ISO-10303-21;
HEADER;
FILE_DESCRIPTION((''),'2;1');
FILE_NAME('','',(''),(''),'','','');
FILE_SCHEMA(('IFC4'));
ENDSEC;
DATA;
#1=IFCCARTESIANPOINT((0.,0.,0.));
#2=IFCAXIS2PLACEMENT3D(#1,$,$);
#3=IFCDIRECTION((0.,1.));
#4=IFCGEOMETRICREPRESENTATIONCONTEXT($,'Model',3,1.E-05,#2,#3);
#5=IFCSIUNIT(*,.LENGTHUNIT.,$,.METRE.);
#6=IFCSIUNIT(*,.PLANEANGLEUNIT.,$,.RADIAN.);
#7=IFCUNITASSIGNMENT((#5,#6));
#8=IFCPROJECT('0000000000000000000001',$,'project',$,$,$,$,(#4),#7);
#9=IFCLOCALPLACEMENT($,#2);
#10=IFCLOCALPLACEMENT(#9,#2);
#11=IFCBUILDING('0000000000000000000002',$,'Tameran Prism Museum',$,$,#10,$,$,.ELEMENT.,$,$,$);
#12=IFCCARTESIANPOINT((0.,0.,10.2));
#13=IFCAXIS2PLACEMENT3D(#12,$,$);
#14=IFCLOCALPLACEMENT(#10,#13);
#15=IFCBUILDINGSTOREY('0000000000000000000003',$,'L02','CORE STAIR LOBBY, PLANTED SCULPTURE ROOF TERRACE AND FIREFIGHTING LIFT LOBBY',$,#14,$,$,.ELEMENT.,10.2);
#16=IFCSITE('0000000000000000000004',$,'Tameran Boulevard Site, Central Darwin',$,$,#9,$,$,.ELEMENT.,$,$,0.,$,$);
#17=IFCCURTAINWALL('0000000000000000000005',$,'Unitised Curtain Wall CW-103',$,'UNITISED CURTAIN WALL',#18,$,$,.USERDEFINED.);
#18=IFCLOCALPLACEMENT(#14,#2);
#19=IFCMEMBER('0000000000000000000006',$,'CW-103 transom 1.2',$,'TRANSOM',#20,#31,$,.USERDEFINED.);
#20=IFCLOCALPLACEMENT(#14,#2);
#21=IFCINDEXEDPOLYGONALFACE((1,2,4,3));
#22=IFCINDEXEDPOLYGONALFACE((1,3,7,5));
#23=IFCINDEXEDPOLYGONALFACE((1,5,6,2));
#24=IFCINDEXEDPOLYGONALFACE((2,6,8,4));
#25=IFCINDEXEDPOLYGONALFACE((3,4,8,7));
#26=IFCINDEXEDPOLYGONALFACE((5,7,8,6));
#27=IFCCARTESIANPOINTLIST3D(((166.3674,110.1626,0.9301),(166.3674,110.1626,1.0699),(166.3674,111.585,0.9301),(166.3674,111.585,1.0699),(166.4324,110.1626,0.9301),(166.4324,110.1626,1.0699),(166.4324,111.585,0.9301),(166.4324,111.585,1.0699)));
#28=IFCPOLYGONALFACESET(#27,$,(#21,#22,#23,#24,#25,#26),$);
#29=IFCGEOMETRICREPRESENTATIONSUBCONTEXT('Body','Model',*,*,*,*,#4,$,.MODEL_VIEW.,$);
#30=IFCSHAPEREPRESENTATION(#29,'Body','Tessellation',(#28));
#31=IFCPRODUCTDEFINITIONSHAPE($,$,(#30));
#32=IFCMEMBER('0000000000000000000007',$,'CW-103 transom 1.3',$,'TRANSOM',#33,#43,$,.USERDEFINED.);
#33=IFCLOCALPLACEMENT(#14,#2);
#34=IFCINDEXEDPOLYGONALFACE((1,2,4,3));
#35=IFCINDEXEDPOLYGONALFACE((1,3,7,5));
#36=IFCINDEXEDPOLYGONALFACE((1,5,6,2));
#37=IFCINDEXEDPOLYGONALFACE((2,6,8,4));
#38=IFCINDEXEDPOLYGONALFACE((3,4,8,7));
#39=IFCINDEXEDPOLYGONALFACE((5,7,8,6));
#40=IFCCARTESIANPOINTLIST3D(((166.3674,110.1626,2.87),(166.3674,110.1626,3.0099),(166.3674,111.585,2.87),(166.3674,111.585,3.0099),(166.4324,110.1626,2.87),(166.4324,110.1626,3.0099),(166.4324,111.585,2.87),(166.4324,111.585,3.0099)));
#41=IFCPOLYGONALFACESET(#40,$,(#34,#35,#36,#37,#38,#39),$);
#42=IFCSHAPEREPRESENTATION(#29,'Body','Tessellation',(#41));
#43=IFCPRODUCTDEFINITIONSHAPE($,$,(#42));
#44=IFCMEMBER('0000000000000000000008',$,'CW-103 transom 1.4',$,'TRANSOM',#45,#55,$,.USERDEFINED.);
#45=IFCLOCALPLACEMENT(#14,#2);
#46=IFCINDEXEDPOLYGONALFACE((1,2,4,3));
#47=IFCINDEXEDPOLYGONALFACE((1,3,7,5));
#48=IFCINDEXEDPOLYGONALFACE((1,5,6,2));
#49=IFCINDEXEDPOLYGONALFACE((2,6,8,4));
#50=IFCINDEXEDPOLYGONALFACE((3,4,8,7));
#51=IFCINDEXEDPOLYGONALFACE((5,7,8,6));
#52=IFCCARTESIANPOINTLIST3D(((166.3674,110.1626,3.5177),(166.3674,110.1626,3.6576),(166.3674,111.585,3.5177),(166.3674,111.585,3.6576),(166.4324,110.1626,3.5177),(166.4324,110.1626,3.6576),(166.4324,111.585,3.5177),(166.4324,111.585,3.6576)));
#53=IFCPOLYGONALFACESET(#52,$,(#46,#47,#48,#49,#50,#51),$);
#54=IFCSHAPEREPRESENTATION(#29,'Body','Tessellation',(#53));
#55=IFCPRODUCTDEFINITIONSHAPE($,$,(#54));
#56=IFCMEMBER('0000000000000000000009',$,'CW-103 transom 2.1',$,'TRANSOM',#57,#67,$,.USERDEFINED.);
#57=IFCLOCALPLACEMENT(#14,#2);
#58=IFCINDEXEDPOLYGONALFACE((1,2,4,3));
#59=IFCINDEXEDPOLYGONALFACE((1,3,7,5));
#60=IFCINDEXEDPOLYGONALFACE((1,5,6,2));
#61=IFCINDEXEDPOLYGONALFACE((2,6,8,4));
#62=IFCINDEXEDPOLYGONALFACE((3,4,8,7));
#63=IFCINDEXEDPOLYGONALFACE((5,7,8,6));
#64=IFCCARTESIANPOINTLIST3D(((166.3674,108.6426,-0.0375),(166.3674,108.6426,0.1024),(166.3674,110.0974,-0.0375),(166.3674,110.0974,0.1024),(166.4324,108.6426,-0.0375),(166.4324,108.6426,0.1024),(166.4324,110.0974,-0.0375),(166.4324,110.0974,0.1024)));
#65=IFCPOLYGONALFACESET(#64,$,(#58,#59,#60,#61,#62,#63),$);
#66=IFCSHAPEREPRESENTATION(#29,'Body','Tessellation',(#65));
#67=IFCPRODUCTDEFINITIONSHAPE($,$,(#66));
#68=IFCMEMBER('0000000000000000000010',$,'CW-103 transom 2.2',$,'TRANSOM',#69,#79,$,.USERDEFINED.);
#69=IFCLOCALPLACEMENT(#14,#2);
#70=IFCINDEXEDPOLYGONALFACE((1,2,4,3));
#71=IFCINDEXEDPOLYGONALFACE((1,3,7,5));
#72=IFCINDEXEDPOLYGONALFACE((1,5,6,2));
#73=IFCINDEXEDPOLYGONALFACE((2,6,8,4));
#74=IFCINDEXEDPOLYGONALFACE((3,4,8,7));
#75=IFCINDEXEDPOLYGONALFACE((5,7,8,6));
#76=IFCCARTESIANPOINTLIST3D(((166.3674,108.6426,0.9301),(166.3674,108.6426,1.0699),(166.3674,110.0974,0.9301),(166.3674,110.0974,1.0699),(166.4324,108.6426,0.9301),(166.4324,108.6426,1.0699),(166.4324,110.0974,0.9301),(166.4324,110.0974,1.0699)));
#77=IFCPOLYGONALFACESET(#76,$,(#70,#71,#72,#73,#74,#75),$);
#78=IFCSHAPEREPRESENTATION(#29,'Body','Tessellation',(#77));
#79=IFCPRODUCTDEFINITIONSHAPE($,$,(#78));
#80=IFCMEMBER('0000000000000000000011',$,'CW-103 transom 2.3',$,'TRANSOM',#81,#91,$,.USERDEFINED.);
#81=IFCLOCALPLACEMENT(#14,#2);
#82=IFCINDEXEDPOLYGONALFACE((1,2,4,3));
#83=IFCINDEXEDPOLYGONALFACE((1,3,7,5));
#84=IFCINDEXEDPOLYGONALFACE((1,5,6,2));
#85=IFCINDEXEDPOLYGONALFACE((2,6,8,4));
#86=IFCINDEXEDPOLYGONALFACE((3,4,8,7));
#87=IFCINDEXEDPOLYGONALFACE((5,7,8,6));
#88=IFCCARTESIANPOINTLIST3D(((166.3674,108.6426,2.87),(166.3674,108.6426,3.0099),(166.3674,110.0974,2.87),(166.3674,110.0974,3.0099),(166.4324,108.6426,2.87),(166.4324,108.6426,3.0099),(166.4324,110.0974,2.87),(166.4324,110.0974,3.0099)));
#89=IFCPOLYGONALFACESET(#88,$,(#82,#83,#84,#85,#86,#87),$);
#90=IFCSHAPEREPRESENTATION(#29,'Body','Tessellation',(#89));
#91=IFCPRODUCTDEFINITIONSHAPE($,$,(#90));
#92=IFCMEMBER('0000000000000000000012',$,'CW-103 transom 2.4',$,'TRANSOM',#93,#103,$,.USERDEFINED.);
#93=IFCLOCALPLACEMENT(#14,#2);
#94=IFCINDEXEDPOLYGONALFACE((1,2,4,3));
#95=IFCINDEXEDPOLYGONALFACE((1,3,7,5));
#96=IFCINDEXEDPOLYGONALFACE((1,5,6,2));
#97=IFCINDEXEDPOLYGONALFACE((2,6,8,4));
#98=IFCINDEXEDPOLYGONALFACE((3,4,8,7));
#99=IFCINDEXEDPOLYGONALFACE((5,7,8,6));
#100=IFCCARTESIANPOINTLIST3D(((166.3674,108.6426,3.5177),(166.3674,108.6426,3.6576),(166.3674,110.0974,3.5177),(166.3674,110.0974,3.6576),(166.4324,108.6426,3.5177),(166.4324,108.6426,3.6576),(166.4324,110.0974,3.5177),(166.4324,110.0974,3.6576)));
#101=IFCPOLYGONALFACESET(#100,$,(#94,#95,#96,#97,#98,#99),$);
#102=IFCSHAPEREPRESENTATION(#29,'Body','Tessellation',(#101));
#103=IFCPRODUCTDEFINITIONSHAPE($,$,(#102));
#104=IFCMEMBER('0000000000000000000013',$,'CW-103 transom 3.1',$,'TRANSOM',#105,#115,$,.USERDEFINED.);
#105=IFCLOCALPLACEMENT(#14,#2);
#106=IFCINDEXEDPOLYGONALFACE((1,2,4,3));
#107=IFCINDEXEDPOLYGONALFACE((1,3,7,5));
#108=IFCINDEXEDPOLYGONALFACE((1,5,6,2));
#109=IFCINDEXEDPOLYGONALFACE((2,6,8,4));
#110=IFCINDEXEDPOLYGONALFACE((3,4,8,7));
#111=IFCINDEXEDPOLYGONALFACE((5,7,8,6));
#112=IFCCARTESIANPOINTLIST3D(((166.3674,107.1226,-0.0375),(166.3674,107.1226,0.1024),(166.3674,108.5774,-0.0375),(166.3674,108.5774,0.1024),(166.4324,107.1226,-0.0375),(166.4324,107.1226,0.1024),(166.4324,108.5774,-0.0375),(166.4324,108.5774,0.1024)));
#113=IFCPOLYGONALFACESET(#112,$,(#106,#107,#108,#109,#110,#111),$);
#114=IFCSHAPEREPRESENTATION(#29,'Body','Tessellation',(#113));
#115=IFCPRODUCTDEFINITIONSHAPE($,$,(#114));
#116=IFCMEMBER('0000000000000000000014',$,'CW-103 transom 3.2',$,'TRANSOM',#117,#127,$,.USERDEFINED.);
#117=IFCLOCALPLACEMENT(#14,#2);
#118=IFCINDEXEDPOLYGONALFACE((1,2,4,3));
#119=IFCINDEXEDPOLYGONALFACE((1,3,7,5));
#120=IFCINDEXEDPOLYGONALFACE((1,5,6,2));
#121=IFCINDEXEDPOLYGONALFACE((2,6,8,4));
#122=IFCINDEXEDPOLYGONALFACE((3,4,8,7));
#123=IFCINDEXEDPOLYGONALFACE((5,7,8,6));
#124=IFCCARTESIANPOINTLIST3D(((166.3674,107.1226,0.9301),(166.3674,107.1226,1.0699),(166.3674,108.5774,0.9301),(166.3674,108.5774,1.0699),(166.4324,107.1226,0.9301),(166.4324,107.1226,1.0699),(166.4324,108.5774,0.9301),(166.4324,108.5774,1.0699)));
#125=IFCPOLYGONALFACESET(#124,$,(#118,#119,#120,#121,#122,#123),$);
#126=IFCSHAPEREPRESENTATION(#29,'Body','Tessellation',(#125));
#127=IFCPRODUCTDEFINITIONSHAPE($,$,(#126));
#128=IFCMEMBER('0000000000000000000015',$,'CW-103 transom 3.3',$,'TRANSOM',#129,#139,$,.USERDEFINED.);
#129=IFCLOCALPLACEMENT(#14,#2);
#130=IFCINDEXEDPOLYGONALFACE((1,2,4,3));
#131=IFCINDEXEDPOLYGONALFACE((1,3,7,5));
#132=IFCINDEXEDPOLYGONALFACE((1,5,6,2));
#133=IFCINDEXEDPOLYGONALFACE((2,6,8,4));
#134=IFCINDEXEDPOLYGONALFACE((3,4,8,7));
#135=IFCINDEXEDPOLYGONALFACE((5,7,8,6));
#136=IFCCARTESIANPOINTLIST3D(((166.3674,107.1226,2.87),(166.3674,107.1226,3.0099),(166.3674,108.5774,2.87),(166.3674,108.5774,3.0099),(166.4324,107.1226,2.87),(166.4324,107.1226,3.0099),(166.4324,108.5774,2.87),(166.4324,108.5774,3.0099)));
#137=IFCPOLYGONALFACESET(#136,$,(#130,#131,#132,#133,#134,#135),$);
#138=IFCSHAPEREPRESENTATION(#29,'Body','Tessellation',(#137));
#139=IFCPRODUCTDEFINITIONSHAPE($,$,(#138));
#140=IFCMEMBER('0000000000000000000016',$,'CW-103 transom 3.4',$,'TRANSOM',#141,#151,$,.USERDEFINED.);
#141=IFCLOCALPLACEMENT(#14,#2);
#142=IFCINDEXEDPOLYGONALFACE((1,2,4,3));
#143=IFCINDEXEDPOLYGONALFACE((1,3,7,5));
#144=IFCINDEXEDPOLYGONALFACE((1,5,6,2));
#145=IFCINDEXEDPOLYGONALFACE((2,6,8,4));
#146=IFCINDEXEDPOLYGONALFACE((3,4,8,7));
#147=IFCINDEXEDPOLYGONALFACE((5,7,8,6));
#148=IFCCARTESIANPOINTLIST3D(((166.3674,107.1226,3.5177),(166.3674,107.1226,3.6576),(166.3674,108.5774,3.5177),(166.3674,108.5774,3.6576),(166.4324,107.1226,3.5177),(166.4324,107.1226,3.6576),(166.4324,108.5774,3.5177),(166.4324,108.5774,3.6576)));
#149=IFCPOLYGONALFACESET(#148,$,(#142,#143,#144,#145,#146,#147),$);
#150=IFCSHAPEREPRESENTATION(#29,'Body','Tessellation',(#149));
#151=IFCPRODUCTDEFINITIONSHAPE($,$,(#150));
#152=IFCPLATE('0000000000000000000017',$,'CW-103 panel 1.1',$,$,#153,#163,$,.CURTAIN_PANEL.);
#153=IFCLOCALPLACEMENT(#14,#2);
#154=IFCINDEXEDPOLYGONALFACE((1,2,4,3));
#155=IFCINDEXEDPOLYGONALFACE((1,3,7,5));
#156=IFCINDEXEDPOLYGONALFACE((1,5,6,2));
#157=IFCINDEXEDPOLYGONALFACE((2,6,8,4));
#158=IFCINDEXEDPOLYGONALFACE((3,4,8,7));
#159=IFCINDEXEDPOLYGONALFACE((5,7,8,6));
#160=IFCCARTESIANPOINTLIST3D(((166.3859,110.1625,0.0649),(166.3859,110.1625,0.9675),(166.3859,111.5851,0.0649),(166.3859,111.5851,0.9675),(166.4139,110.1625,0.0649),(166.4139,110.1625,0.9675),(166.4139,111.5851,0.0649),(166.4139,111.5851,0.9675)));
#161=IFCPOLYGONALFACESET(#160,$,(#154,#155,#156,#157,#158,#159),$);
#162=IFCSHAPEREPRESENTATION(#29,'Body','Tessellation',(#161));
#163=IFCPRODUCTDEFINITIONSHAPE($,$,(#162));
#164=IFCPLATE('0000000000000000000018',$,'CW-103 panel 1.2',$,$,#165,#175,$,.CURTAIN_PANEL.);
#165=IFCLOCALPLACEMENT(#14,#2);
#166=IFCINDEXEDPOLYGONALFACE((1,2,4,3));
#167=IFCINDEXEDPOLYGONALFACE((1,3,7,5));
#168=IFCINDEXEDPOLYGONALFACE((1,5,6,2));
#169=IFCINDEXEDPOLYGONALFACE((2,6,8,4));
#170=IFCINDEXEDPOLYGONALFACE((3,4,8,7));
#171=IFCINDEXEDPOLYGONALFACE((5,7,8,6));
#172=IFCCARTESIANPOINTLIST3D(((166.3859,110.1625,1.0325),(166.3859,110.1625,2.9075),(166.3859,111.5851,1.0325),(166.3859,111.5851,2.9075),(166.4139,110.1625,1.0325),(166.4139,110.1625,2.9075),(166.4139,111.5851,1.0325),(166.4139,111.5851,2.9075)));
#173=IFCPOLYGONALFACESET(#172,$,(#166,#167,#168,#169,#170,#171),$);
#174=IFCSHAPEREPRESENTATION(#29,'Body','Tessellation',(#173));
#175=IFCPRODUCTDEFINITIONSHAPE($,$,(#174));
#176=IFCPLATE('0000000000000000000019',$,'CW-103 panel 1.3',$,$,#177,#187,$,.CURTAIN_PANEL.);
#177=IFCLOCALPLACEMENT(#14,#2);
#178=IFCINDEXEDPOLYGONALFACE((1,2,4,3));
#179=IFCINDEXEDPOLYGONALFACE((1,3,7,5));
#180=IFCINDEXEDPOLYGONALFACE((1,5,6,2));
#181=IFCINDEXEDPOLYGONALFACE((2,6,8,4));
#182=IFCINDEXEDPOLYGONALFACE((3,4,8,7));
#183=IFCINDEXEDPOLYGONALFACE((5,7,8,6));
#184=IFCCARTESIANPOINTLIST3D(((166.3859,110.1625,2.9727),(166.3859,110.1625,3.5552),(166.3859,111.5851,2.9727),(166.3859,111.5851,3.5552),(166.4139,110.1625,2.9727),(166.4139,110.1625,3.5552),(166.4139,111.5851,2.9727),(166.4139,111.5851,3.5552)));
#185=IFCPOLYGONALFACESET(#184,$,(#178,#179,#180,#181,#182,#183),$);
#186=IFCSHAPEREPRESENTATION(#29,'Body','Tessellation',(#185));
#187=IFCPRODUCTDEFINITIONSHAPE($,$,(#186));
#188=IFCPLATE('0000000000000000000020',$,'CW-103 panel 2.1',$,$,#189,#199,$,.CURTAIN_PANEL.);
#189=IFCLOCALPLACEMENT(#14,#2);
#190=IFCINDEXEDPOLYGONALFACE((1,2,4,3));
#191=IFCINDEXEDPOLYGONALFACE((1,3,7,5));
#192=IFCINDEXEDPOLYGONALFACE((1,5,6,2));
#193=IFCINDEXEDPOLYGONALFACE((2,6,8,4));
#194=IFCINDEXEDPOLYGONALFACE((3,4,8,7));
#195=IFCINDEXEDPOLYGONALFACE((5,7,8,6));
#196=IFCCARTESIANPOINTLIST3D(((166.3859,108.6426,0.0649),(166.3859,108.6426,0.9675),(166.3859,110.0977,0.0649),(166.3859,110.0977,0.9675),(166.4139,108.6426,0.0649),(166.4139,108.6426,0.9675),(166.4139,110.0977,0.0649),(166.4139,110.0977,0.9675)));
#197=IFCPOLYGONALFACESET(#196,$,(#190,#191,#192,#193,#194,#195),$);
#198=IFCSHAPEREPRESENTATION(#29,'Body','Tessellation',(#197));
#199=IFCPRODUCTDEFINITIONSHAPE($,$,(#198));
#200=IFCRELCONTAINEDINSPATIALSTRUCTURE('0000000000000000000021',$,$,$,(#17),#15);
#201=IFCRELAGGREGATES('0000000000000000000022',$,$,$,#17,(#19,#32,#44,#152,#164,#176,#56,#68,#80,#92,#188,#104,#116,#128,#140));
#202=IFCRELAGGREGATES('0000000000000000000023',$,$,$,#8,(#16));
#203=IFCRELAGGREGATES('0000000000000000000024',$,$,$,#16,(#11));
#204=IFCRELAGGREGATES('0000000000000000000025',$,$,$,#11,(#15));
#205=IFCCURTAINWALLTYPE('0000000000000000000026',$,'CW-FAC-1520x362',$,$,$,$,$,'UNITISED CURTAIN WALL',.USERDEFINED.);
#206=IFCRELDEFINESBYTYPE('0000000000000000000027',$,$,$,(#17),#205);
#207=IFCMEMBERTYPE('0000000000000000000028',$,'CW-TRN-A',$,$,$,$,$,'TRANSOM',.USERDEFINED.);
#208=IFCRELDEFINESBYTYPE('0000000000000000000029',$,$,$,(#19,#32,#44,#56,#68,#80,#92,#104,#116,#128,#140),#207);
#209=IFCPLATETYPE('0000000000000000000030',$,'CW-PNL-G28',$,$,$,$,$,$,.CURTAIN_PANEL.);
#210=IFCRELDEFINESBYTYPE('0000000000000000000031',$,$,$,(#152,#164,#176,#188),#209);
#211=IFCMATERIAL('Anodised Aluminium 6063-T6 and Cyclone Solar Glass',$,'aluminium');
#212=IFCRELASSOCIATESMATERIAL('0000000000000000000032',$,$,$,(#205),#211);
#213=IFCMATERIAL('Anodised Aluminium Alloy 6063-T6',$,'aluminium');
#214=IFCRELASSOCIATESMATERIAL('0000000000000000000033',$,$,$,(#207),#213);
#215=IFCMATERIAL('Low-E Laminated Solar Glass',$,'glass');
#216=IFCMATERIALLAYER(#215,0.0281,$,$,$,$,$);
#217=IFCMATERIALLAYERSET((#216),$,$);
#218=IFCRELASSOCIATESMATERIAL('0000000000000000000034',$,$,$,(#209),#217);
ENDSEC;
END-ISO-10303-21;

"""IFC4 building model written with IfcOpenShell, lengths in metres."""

from ifc_helpers import new_model, si_unit, direction, frame, origin, origin_2d, place, context, subcontext, project, spatial, rectangle, extrude, material, layer, layer_set, material_profile, profile_set, type_object, element, aggregate, save


model = new_model("IFC4")

# Units and contexts
model_context = context("Model", 3, precision=1e-05, world=origin(), true_north=direction((0.0, 1.0)))
body_context = subcontext(model_context, "Body", "Model", "MODEL_VIEW")
ifc_project = project(units=[si_unit("LENGTHUNIT", "METRE"), si_unit("PLANEANGLEUNIT", "RADIAN")], contexts=[model_context])

# Site, building, storey
site_placement = place(None, origin())
site = spatial("IfcSite", under=ifc_project, at=site_placement, Name="Tameran Boulevard Site, Central Darwin", CompositionType="ELEMENT", RefElevation=0.0)
building_placement = place(site_placement, origin())
building = spatial("IfcBuilding", under=site, at=building_placement, Name="Tameran Prism Museum", CompositionType="ELEMENT")
storey_placement = place(building_placement, frame((0.0, 0.0, 10.2)))
storey = spatial("IfcBuildingStorey", under=building, at=storey_placement, Name="L02", Description="CORE STAIR LOBBY, PLANTED SCULPTURE ROOF TERRACE AND FIREFIGHTING LIFT LOBBY", CompositionType="ELEMENT", Elevation=10.2)

# Curtain wall, members, plates
ifc_material_1 = material(Name="Anodised Aluminium 6063-T6 and Cyclone Solar Glass", Category="aluminium")
curtain_wall_type = type_object("IfcCurtainWallType", Name="CW-FAC-1520x362", ElementType="UNITISED CURTAIN WALL", PredefinedType="USERDEFINED", material=ifc_material_1)
curtain_wall_placement = place(storey_placement, origin())
curtain_wall = element("IfcCurtainWall", 1, at=curtain_wall_placement, inside=storey, type_object=curtain_wall_type, Name="Unitised Curtain Wall CW-103", ObjectType="UNITISED CURTAIN WALL", PredefinedType="USERDEFINED")
ifc_material_2 = material(Name="Anodised Aluminium Alloy 6063-T6", Category="aluminium")
ifc_material_profile_1 = material_profile(ifc_material_2, rectangle(XDim=0.0649, YDim=0.1399, at=origin_2d()))
ifc_profile_set_1 = profile_set([ifc_material_profile_1])
member_type_1 = type_object("IfcMemberType", Name="CW-TRN-A", ElementType="TRANSOM", PredefinedType="USERDEFINED", material=ifc_profile_set_1)
member_1_placement = place(storey_placement, frame((166.3999, 111.585, 1.0), z_axis=(0.0, -1.0, 0.0), x_axis=(1.0, 0.0, 0.0)))
member_1 = element("IfcMember", 2, at=member_1_placement, type_object=member_type_1, Name="CW-103 transom 1.2", ObjectType="TRANSOM", PredefinedType="USERDEFINED", context=body_context, shape_type="SweptSolid", body=[
    extrude(rectangle(XDim=0.0649, YDim=0.1399, at=origin_2d()), origin(), (0.0, 0.0, 1.0), 1.4224),
])
member_2_placement = place(storey_placement, frame((166.3999, 111.585, 2.9399), z_axis=(0.0, -1.0, 0.0), x_axis=(1.0, 0.0, 0.0)))
member_2 = element("IfcMember", 3, at=member_2_placement, type_object=member_type_1, Name="CW-103 transom 1.3", ObjectType="TRANSOM", PredefinedType="USERDEFINED", context=body_context, shape_type="SweptSolid", body=[
    extrude(rectangle(XDim=0.0649, YDim=0.1399, at=origin_2d()), origin(), (0.0, 0.0, 1.0), 1.4224),
])
member_3_placement = place(storey_placement, frame((166.3999, 111.585, 3.5876), z_axis=(0.0, -1.0, 0.0), x_axis=(1.0, 0.0, 0.0)))
member_3 = element("IfcMember", 4, at=member_3_placement, type_object=member_type_1, Name="CW-103 transom 1.4", ObjectType="TRANSOM", PredefinedType="USERDEFINED", context=body_context, shape_type="SweptSolid", body=[
    extrude(rectangle(XDim=0.0649, YDim=0.1399, at=origin_2d()), origin(), (0.0, 0.0, 1.0), 1.4224),
])
member_4_placement = place(storey_placement, frame((166.3999, 110.0974, 0.0325), z_axis=(0.0, -1.0, 0.0), x_axis=(1.0, 0.0, 0.0)))
member_4 = element("IfcMember", 5, at=member_4_placement, type_object=member_type_1, Name="CW-103 transom 2.1", ObjectType="TRANSOM", PredefinedType="USERDEFINED", context=body_context, shape_type="SweptSolid", body=[
    extrude(rectangle(XDim=0.0649, YDim=0.1399, at=origin_2d()), origin(), (0.0, 0.0, 1.0), 1.4548),
])
member_5_placement = place(storey_placement, frame((166.3999, 110.0974, 1.0), z_axis=(0.0, -1.0, 0.0), x_axis=(1.0, 0.0, 0.0)))
member_5 = element("IfcMember", 6, at=member_5_placement, type_object=member_type_1, Name="CW-103 transom 2.2", ObjectType="TRANSOM", PredefinedType="USERDEFINED", context=body_context, shape_type="SweptSolid", body=[
    extrude(rectangle(XDim=0.0649, YDim=0.1399, at=origin_2d()), origin(), (0.0, 0.0, 1.0), 1.4548),
])
member_6_placement = place(storey_placement, frame((166.3999, 110.0974, 2.9399), z_axis=(0.0, -1.0, 0.0), x_axis=(1.0, 0.0, 0.0)))
member_6 = element("IfcMember", 7, at=member_6_placement, type_object=member_type_1, Name="CW-103 transom 2.3", ObjectType="TRANSOM", PredefinedType="USERDEFINED", context=body_context, shape_type="SweptSolid", body=[
    extrude(rectangle(XDim=0.0649, YDim=0.1399, at=origin_2d()), origin(), (0.0, 0.0, 1.0), 1.4548),
])
member_7_placement = place(storey_placement, frame((166.3999, 110.0974, 3.5876), z_axis=(0.0, -1.0, 0.0), x_axis=(1.0, 0.0, 0.0)))
member_7 = element("IfcMember", 8, at=member_7_placement, type_object=member_type_1, Name="CW-103 transom 2.4", ObjectType="TRANSOM", PredefinedType="USERDEFINED", context=body_context, shape_type="SweptSolid", body=[
    extrude(rectangle(XDim=0.0649, YDim=0.1399, at=origin_2d()), origin(), (0.0, 0.0, 1.0), 1.4548),
])
member_8_placement = place(storey_placement, frame((166.3999, 108.5774, 0.0325), z_axis=(0.0, -1.0, 0.0), x_axis=(1.0, 0.0, 0.0)))
member_8 = element("IfcMember", 9, at=member_8_placement, type_object=member_type_1, Name="CW-103 transom 3.1", ObjectType="TRANSOM", PredefinedType="USERDEFINED", context=body_context, shape_type="SweptSolid", body=[
    extrude(rectangle(XDim=0.0649, YDim=0.1399, at=origin_2d()), origin(), (0.0, 0.0, 1.0), 1.4548),
])
member_9_placement = place(storey_placement, frame((166.3999, 108.5774, 1.0), z_axis=(0.0, -1.0, 0.0), x_axis=(1.0, 0.0, 0.0)))
member_9 = element("IfcMember", 10, at=member_9_placement, type_object=member_type_1, Name="CW-103 transom 3.2", ObjectType="TRANSOM", PredefinedType="USERDEFINED", context=body_context, shape_type="SweptSolid", body=[
    extrude(rectangle(XDim=0.0649, YDim=0.1399, at=origin_2d()), origin(), (0.0, 0.0, 1.0), 1.4548),
])
member_10_placement = place(storey_placement, frame((166.3999, 108.5774, 2.9399), z_axis=(0.0, -1.0, 0.0), x_axis=(1.0, 0.0, 0.0)))
member_10 = element("IfcMember", 11, at=member_10_placement, type_object=member_type_1, Name="CW-103 transom 3.3", ObjectType="TRANSOM", PredefinedType="USERDEFINED", context=body_context, shape_type="SweptSolid", body=[
    extrude(rectangle(XDim=0.0649, YDim=0.1399, at=origin_2d()), origin(), (0.0, 0.0, 1.0), 1.4548),
])
member_11_placement = place(storey_placement, frame((166.3999, 108.5774, 3.5876), z_axis=(0.0, -1.0, 0.0), x_axis=(1.0, 0.0, 0.0)))
member_11 = element("IfcMember", 12, at=member_11_placement, type_object=member_type_1, Name="CW-103 transom 3.4", ObjectType="TRANSOM", PredefinedType="USERDEFINED", context=body_context, shape_type="SweptSolid", body=[
    extrude(rectangle(XDim=0.0649, YDim=0.1399, at=origin_2d()), origin(), (0.0, 0.0, 1.0), 1.4548),
])
ifc_material_3 = material(Name="Low-E Laminated Solar Glass", Category="glass")
ifc_layer_1 = layer(ifc_material_3, 0.0281)
ifc_layer_set_1 = layer_set([ifc_layer_1])
plate_type_1 = type_object("IfcPlateType", Name="CW-PNL-G28", PredefinedType="CURTAIN_PANEL", material=ifc_layer_set_1)
plate_1_placement = place(storey_placement, frame((166.3999, 110.8738, 0.0649), z_axis=(0.0, 0.0, 1.0), x_axis=(0.0, -1.0, 0.0)))
plate_1 = element("IfcPlate", 13, at=plate_1_placement, type_object=plate_type_1, Name="CW-103 panel 1.1", PredefinedType="CURTAIN_PANEL", context=body_context, shape_type="SweptSolid", body=[
    extrude(rectangle(XDim=1.4226, YDim=0.0281, at=origin_2d()), origin(), (0.0, 0.0, 1.0), 0.9026),
])
plate_2_placement = place(storey_placement, frame((166.3999, 110.8738, 1.0325), z_axis=(0.0, 0.0, 1.0), x_axis=(0.0, -1.0, 0.0)))
plate_2 = element("IfcPlate", 14, at=plate_2_placement, type_object=plate_type_1, Name="CW-103 panel 1.2", PredefinedType="CURTAIN_PANEL", context=body_context, shape_type="SweptSolid", body=[
    extrude(rectangle(XDim=1.4226, YDim=0.0281, at=origin_2d()), origin(), (0.0, 0.0, 1.0), 1.875),
])
plate_3_placement = place(storey_placement, frame((166.3999, 110.8738, 2.9727), z_axis=(0.0, 0.0, 1.0), x_axis=(0.0, -1.0, 0.0)))
plate_3 = element("IfcPlate", 15, at=plate_3_placement, type_object=plate_type_1, Name="CW-103 panel 1.3", PredefinedType="CURTAIN_PANEL", context=body_context, shape_type="SweptSolid", body=[
    extrude(rectangle(XDim=1.4226, YDim=0.0281, at=origin_2d()), origin(), (0.0, 0.0, 1.0), 0.5825),
])
plate_4_placement = place(storey_placement, frame((166.3999, 109.3701, 0.0649), z_axis=(0.0, 0.0, 1.0), x_axis=(0.0, -1.0, 0.0)))
plate_4 = element("IfcPlate", 16, at=plate_4_placement, type_object=plate_type_1, Name="CW-103 panel 2.1", PredefinedType="CURTAIN_PANEL", context=body_context, shape_type="SweptSolid", body=[
    extrude(rectangle(XDim=1.4551, YDim=0.0281, at=origin_2d()), origin(), (0.0, 0.0, 1.0), 0.9026),
])
aggregate(curtain_wall, [member_1, member_2, member_3, plate_1, plate_2, plate_3, member_4, member_5, member_6, member_7, plate_4, member_8, member_9, member_10, member_11])

save(model, "model.ifc")
